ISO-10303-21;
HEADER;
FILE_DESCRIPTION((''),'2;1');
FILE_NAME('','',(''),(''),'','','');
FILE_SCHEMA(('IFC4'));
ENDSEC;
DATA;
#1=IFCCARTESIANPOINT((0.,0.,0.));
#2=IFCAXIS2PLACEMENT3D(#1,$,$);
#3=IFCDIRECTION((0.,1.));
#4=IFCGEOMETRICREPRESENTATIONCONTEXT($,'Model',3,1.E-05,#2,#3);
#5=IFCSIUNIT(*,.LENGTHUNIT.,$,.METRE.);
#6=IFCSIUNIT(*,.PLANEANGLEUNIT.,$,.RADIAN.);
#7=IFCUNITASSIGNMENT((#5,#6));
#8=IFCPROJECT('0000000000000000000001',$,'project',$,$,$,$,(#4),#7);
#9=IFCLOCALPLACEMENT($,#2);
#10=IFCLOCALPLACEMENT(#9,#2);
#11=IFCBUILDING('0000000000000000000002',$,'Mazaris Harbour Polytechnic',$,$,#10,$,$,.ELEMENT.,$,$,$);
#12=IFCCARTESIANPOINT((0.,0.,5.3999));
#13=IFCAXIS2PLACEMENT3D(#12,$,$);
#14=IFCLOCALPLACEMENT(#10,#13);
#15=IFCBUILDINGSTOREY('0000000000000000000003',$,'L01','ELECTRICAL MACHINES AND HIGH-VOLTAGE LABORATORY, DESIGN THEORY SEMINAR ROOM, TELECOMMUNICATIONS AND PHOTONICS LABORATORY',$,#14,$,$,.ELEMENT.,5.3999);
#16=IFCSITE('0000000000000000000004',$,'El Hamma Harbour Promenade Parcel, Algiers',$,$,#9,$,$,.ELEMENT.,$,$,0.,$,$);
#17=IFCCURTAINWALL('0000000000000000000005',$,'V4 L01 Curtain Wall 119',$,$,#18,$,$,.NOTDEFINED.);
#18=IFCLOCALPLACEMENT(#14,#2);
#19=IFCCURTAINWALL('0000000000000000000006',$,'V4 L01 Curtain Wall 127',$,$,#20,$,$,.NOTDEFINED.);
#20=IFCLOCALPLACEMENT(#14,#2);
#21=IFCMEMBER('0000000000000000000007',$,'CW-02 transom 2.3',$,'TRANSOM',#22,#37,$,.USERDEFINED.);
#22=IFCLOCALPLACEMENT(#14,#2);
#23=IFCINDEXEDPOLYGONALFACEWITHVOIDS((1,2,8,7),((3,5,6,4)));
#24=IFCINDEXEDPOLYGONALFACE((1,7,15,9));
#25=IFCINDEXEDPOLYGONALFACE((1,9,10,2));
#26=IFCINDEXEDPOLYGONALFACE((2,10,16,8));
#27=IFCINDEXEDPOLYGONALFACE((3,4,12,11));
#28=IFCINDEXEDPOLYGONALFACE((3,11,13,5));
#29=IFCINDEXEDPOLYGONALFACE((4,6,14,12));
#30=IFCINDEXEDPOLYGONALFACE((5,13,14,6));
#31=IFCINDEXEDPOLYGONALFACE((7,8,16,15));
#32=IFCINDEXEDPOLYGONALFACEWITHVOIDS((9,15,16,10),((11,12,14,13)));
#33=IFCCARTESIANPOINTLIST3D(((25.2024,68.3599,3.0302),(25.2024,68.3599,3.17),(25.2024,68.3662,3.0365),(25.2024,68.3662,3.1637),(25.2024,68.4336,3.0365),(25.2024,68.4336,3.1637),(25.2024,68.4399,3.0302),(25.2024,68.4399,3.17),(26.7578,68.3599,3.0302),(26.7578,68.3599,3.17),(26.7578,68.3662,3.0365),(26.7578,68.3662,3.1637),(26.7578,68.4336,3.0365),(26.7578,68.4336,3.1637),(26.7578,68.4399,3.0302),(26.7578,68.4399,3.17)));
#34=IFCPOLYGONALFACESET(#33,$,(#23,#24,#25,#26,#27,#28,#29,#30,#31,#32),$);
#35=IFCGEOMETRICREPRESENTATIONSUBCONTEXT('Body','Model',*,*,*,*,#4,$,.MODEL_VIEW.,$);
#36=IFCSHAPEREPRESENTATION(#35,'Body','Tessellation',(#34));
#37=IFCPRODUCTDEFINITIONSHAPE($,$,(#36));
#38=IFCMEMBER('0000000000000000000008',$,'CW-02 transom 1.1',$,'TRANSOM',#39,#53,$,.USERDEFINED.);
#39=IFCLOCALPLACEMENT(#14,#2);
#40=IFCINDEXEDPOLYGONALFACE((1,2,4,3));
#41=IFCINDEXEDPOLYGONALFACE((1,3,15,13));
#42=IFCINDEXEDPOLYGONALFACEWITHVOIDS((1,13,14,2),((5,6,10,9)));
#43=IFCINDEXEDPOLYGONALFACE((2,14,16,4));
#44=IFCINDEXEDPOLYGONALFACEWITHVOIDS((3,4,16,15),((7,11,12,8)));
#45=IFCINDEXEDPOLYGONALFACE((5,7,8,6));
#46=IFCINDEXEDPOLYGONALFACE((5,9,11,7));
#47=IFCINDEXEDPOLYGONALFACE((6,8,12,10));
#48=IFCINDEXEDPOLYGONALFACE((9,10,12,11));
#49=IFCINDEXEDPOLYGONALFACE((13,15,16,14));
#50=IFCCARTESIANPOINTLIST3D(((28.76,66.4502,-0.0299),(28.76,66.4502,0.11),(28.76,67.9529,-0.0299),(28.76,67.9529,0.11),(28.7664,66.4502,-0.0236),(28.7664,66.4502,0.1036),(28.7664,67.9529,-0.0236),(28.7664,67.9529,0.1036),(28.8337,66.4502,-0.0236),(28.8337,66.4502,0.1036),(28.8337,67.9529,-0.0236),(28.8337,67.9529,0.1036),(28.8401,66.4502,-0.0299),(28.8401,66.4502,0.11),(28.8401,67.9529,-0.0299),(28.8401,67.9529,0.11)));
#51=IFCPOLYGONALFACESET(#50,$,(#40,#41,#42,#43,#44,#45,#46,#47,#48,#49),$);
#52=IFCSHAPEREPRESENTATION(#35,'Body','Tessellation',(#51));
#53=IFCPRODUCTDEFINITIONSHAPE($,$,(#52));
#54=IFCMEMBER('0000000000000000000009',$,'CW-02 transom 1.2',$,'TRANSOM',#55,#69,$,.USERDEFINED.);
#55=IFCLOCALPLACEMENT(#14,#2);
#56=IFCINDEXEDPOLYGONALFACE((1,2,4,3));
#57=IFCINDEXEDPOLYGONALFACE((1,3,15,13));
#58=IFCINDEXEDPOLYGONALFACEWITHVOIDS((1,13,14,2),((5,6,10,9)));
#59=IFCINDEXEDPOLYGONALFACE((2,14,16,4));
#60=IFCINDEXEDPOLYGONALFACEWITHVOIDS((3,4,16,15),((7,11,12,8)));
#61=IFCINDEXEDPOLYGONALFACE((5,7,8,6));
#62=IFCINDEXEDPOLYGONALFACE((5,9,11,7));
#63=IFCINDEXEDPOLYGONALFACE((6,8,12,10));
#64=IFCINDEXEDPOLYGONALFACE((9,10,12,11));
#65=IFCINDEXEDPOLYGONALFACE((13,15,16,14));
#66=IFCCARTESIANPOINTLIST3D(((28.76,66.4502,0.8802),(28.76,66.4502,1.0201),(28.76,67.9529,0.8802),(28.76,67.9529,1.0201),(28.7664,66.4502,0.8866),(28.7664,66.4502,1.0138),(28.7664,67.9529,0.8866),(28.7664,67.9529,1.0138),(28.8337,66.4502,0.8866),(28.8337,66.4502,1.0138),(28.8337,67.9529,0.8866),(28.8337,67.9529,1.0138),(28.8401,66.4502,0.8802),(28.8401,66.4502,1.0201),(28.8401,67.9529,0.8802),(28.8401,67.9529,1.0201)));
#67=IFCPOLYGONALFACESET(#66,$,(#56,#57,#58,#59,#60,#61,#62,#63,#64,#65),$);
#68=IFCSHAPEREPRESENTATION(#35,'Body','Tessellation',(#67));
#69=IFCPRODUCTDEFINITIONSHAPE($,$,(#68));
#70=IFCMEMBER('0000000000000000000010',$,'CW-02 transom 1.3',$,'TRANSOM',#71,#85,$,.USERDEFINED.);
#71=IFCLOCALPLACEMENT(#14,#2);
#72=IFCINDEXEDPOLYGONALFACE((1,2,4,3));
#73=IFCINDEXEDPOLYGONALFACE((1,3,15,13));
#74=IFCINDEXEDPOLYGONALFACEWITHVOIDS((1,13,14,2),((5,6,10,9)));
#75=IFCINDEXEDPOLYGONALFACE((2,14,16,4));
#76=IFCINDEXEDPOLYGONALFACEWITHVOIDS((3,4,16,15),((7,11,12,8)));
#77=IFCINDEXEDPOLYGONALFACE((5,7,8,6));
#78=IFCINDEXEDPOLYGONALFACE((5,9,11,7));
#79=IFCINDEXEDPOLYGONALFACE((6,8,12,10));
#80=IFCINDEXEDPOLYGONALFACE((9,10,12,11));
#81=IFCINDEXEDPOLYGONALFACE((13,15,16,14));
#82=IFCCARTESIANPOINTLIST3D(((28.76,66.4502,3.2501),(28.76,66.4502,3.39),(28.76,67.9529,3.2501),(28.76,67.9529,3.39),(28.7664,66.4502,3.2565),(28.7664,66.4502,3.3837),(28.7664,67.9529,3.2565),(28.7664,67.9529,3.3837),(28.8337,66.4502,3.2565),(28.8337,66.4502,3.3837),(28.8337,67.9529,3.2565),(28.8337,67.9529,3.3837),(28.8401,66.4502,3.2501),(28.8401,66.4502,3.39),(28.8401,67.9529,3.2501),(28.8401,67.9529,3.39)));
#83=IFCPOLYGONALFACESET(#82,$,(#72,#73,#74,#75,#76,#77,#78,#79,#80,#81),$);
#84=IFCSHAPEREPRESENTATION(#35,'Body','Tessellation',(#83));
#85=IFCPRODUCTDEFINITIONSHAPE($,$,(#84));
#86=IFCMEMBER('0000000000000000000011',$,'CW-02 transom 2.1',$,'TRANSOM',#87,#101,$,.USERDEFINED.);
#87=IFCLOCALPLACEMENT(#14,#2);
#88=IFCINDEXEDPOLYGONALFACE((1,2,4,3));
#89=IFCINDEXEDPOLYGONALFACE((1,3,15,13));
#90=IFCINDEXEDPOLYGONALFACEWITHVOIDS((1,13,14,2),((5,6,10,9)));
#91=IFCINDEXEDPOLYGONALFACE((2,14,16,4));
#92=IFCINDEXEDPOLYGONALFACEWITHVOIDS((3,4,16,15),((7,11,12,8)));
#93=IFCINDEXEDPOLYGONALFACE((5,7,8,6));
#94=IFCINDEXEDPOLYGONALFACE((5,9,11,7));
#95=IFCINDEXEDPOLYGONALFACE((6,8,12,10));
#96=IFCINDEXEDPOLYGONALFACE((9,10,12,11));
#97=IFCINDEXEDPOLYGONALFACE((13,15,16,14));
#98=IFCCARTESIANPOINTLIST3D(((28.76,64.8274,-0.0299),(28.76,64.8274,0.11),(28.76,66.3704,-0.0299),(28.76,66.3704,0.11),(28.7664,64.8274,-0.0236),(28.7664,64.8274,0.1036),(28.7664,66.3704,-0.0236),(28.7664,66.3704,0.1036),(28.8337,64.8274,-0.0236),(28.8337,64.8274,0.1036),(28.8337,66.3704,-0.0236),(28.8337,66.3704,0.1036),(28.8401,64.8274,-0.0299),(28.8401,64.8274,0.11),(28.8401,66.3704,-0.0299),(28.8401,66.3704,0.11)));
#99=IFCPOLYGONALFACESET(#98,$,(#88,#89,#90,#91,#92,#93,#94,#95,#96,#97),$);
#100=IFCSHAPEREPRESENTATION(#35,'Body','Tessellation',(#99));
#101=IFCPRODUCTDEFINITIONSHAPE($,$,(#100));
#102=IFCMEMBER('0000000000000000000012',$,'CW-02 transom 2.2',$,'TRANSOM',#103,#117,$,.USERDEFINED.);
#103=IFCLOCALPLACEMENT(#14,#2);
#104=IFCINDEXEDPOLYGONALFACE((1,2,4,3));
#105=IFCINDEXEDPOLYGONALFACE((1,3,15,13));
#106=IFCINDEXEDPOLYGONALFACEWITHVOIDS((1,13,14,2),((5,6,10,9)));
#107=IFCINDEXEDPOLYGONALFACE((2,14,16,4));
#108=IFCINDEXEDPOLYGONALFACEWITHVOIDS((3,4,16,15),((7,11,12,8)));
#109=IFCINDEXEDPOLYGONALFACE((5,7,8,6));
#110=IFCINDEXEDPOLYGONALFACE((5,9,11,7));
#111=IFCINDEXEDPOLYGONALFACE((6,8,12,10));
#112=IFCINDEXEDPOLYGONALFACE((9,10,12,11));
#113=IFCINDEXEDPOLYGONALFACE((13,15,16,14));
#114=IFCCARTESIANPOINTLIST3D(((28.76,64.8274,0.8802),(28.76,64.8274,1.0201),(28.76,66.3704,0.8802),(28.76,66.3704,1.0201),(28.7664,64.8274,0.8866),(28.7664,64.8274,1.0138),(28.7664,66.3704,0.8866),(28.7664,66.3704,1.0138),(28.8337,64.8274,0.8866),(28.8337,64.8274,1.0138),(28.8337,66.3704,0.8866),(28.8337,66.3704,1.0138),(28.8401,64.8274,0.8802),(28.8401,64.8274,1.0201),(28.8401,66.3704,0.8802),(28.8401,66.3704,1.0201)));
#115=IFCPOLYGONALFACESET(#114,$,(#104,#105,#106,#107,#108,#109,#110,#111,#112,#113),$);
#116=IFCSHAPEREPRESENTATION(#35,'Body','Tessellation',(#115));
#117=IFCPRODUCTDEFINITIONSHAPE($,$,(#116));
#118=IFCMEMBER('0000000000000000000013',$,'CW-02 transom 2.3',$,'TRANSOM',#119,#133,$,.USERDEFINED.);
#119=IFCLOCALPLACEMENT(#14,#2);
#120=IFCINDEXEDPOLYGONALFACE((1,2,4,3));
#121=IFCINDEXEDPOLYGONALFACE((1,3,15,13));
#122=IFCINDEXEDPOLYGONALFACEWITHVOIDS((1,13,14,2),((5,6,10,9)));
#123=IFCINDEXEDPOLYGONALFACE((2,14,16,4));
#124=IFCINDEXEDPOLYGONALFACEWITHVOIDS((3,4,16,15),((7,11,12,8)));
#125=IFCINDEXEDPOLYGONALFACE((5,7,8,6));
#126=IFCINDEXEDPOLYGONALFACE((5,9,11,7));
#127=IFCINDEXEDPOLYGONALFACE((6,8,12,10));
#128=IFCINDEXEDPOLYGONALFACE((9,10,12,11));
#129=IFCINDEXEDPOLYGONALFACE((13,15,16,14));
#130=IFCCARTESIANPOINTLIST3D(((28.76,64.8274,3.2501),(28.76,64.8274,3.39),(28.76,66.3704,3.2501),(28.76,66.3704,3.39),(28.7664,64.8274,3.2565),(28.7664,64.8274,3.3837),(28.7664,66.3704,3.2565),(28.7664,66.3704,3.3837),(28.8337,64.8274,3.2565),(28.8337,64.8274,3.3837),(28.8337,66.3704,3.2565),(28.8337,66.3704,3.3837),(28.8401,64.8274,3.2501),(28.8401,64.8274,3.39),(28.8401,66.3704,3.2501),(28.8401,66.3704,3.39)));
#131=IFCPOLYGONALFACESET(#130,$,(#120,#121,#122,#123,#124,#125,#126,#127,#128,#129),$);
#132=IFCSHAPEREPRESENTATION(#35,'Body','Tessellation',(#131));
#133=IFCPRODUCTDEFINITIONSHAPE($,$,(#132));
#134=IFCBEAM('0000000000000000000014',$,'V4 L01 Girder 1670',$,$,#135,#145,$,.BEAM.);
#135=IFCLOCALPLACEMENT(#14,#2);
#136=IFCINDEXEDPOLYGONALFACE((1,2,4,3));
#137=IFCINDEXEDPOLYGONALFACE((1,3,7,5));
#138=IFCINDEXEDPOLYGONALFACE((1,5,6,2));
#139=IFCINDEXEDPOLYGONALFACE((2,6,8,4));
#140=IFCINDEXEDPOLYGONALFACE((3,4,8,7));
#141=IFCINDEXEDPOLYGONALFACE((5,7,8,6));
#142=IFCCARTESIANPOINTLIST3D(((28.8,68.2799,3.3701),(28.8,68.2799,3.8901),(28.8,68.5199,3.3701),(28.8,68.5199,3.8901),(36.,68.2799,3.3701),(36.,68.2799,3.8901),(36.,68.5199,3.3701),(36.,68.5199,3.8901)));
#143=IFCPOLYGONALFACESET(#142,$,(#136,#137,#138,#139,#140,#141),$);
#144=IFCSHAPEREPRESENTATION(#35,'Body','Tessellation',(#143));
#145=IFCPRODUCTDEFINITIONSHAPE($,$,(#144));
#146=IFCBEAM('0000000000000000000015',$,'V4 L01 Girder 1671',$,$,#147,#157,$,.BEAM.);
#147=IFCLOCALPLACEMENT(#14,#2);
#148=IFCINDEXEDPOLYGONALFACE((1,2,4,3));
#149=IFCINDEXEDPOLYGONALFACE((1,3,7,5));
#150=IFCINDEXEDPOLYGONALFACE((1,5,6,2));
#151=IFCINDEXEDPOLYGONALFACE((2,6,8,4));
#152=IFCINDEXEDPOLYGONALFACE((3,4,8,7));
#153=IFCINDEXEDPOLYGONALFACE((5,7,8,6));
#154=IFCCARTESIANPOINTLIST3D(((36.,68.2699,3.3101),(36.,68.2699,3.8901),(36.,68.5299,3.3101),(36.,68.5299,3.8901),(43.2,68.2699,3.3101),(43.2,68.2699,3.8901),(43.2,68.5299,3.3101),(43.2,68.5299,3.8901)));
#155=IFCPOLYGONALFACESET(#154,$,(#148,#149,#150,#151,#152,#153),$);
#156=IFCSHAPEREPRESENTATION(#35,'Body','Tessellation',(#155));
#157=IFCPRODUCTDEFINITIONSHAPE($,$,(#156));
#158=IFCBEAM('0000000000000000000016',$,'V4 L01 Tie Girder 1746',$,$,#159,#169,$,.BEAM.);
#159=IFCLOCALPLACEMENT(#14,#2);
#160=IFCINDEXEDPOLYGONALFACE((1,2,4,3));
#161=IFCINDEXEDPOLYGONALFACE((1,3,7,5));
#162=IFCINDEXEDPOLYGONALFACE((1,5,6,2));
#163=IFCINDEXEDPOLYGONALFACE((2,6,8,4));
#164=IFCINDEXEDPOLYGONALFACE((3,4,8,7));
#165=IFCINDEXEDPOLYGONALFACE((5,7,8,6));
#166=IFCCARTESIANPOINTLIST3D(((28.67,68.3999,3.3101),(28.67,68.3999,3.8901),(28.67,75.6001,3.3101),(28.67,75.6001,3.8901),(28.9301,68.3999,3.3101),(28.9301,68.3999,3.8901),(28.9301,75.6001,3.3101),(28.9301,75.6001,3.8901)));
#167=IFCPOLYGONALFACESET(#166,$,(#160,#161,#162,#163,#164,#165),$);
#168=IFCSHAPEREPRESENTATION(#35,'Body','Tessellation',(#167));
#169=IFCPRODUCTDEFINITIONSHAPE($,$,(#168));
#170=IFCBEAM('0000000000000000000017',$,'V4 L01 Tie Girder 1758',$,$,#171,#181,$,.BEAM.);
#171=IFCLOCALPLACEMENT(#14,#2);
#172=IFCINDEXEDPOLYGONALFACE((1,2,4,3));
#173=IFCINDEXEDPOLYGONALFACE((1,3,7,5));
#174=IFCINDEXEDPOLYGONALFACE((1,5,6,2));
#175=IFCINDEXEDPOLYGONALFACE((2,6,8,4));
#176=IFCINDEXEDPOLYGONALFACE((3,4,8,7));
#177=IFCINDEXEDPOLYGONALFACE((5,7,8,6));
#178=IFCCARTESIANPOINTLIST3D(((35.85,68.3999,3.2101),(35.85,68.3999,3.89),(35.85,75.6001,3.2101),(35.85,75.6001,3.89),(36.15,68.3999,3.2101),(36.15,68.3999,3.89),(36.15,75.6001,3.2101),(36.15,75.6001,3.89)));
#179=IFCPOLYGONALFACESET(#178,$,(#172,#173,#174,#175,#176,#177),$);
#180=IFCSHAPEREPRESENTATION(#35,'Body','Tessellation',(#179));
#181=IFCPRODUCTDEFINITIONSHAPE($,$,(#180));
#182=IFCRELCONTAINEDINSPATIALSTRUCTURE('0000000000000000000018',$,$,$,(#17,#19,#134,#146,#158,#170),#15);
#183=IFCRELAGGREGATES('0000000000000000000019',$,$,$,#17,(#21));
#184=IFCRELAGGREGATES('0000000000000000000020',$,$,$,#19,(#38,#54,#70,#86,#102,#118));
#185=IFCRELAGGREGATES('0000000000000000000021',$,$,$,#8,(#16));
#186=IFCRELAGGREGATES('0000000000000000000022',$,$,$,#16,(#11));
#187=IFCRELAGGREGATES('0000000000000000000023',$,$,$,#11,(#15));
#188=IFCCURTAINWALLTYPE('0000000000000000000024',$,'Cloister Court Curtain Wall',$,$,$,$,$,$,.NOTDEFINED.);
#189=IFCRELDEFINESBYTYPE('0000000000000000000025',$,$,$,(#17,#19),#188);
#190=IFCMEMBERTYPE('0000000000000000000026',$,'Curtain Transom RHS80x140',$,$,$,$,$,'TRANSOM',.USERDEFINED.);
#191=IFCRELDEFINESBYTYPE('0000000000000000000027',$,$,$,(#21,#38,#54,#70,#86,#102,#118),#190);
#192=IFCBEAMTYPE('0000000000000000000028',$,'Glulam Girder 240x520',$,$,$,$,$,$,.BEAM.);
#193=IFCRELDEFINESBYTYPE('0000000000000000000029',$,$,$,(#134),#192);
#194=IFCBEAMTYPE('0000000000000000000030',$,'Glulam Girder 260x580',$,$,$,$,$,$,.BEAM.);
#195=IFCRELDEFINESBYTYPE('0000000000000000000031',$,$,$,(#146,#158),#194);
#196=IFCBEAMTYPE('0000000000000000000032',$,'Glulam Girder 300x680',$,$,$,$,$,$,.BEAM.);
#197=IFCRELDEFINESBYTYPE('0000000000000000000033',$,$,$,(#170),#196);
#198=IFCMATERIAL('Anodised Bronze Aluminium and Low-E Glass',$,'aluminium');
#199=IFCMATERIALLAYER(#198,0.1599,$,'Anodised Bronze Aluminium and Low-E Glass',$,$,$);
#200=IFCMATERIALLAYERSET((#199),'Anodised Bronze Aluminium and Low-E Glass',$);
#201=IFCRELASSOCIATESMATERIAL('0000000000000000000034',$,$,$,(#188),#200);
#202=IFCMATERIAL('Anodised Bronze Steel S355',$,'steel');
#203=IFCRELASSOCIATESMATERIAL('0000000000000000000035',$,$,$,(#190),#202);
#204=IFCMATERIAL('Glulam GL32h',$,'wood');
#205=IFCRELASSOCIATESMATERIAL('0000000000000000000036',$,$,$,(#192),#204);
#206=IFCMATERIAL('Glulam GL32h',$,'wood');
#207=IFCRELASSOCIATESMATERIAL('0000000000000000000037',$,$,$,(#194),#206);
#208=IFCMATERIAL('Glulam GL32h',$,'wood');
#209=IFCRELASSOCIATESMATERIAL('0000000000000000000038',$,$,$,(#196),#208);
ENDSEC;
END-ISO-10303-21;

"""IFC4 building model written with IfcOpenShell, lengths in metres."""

from ifc_helpers import new_model, si_unit, direction, frame, origin, origin_2d, place, context, subcontext, project, spatial, rectangle, hollow_rectangle, extrude, material, layer, layer_set, material_profile, profile_set, type_object, element, aggregate, save


model = new_model("IFC4")

# Units and contexts
model_context = context("Model", 3, precision=1e-05, world=origin(), true_north=direction((0.0, 1.0)))
body_context = subcontext(model_context, "Body", "Model", "MODEL_VIEW")
ifc_project = project(units=[si_unit("LENGTHUNIT", "METRE"), si_unit("PLANEANGLEUNIT", "RADIAN")], contexts=[model_context])

# Site, building, storey
site_placement = place(None, origin())
site = spatial("IfcSite", under=ifc_project, at=site_placement, Name="El Hamma Harbour Promenade Parcel, Algiers", CompositionType="ELEMENT", RefElevation=0.0)
building_placement = place(site_placement, origin())
building = spatial("IfcBuilding", under=site, at=building_placement, Name="Mazaris Harbour Polytechnic", CompositionType="ELEMENT")
storey_placement = place(building_placement, frame((0.0, 0.0, 5.3999)))
storey = spatial("IfcBuildingStorey", under=building, at=storey_placement, Name="L01", Description="ELECTRICAL MACHINES AND HIGH-VOLTAGE LABORATORY, DESIGN THEORY SEMINAR ROOM, TELECOMMUNICATIONS AND PHOTONICS LABORATORY", CompositionType="ELEMENT", Elevation=5.3999)

# Curtain walls
ifc_material_1 = material(Name="Anodised Bronze Aluminium and Low-E Glass", Category="aluminium")
ifc_layer_1 = layer(ifc_material_1, 0.1599, Name="Anodised Bronze Aluminium and Low-E Glass")
ifc_layer_set_1 = layer_set([ifc_layer_1], Name="Anodised Bronze Aluminium and Low-E Glass")
curtain_wall_type = type_object("IfcCurtainWallType", Name="Cloister Court Curtain Wall", PredefinedType="NOTDEFINED", material=ifc_layer_set_1)
curtain_wall_1_placement = place(storey_placement, origin())
curtain_wall_1 = element("IfcCurtainWall", 1, at=curtain_wall_1_placement, inside=storey, type_object=curtain_wall_type, Name="V4 L01 Curtain Wall 119", PredefinedType="NOTDEFINED")
curtain_wall_2_placement = place(storey_placement, origin())
curtain_wall_2 = element("IfcCurtainWall", 2, at=curtain_wall_2_placement, inside=storey, type_object=curtain_wall_type, Name="V4 L01 Curtain Wall 127", PredefinedType="NOTDEFINED")

# Members
ifc_material_2 = material(Name="Anodised Bronze Steel S355", Category="steel")
ifc_material_profile_1 = material_profile(ifc_material_2, hollow_rectangle(XDim=0.0801, YDim=0.1399, WallThickness=0.0063, at=origin_2d()), Name="RHS 80x140x6.3")
ifc_profile_set_1 = profile_set([ifc_material_profile_1], Name="Anodised Bronze Steel S355")
member_type_1 = type_object("IfcMemberType", Name="Curtain Transom RHS80x140", ElementType="TRANSOM", PredefinedType="USERDEFINED", material=ifc_profile_set_1)
member_1_placement = place(storey_placement, frame((26.7578, 68.3999, 3.1001), z_axis=(-1.0, 0.0, 0.0), x_axis=(0.0, -1.0, 0.0)))
member_1 = element("IfcMember", 3, at=member_1_placement, type_object=member_type_1, Name="CW-02 transom 2.3", ObjectType="TRANSOM", PredefinedType="USERDEFINED", context=body_context, shape_type="SweptSolid", body=[
    extrude(hollow_rectangle(XDim=0.0801, YDim=0.1399, WallThickness=0.0063, at=origin_2d()), origin(), (0.0, 0.0, 1.0), 1.5554),
])
member_2_placement = place(storey_placement, frame((28.8, 67.9529, 0.04), z_axis=(0.0, -1.0, 0.0), x_axis=(1.0, 0.0, 0.0)))
member_2 = element("IfcMember", 4, at=member_2_placement, type_object=member_type_1, Name="CW-02 transom 1.1", ObjectType="TRANSOM", PredefinedType="USERDEFINED", context=body_context, shape_type="SweptSolid", body=[
    extrude(hollow_rectangle(XDim=0.0801, YDim=0.1399, WallThickness=0.0063, at=origin_2d()), origin(), (0.0, 0.0, 1.0), 1.5027),
])
member_3_placement = place(storey_placement, frame((28.8, 67.9529, 0.9502), z_axis=(0.0, -1.0, 0.0), x_axis=(1.0, 0.0, 0.0)))
member_3 = element("IfcMember", 5, at=member_3_placement, type_object=member_type_1, Name="CW-02 transom 1.2", ObjectType="TRANSOM", PredefinedType="USERDEFINED", context=body_context, shape_type="SweptSolid", body=[
    extrude(hollow_rectangle(XDim=0.0801, YDim=0.1399, WallThickness=0.0063, at=origin_2d()), origin(), (0.0, 0.0, 1.0), 1.5027),
])
member_4_placement = place(storey_placement, frame((28.8, 67.9529, 3.3201), z_axis=(0.0, -1.0, 0.0), x_axis=(1.0, 0.0, 0.0)))
member_4 = element("IfcMember", 6, at=member_4_placement, type_object=member_type_1, Name="CW-02 transom 1.3", ObjectType="TRANSOM", PredefinedType="USERDEFINED", context=body_context, shape_type="SweptSolid", body=[
    extrude(hollow_rectangle(XDim=0.0801, YDim=0.1399, WallThickness=0.0063, at=origin_2d()), origin(), (0.0, 0.0, 1.0), 1.5027),
])
member_5_placement = place(storey_placement, frame((28.8, 66.3704, 0.04), z_axis=(0.0, -1.0, 0.0), x_axis=(1.0, 0.0, 0.0)))
member_5 = element("IfcMember", 7, at=member_5_placement, type_object=member_type_1, Name="CW-02 transom 2.1", ObjectType="TRANSOM", PredefinedType="USERDEFINED", context=body_context, shape_type="SweptSolid", body=[
    extrude(hollow_rectangle(XDim=0.0801, YDim=0.1399, WallThickness=0.0063, at=origin_2d()), origin(), (0.0, 0.0, 1.0), 1.543),
])
member_6_placement = place(storey_placement, frame((28.8, 66.3704, 0.9502), z_axis=(0.0, -1.0, 0.0), x_axis=(1.0, 0.0, 0.0)))
member_6 = element("IfcMember", 8, at=member_6_placement, type_object=member_type_1, Name="CW-02 transom 2.2", ObjectType="TRANSOM", PredefinedType="USERDEFINED", context=body_context, shape_type="SweptSolid", body=[
    extrude(hollow_rectangle(XDim=0.0801, YDim=0.1399, WallThickness=0.0063, at=origin_2d()), origin(), (0.0, 0.0, 1.0), 1.543),
])
member_7_placement = place(storey_placement, frame((28.8, 66.3704, 3.3201), z_axis=(0.0, -1.0, 0.0), x_axis=(1.0, 0.0, 0.0)))
member_7 = element("IfcMember", 9, at=member_7_placement, type_object=member_type_1, Name="CW-02 transom 2.3", ObjectType="TRANSOM", PredefinedType="USERDEFINED", context=body_context, shape_type="SweptSolid", body=[
    extrude(hollow_rectangle(XDim=0.0801, YDim=0.1399, WallThickness=0.0063, at=origin_2d()), origin(), (0.0, 0.0, 1.0), 1.543),
])

# Beams
ifc_material_3 = material(Name="Glulam GL32h", Category="wood")
ifc_material_profile_2 = material_profile(ifc_material_3, rectangle(XDim=0.24, YDim=0.52, at=origin_2d()), Name="RECT240x520")
ifc_profile_set_2 = profile_set([ifc_material_profile_2], Name="Glulam GL32h")
beam_type_1 = type_object("IfcBeamType", Name="Glulam Girder 240x520", PredefinedType="BEAM", material=ifc_profile_set_2)
beam_1_placement = place(storey_placement, frame((28.8, 68.3999, 3.6301), z_axis=(1.0, 0.0, 0.0), x_axis=(0.0, 1.0, 0.0)))
element("IfcBeam", 10, at=beam_1_placement, inside=storey, type_object=beam_type_1, Name="V4 L01 Girder 1670", PredefinedType="BEAM", context=body_context, shape_type="SweptSolid", body=[
    extrude(rectangle(XDim=0.24, YDim=0.52, at=origin_2d()), origin(), (0.0, 0.0, 1.0), 7.2),
])
ifc_material_4 = material(Name="Glulam GL32h", Category="wood")
ifc_material_profile_3 = material_profile(ifc_material_4, rectangle(XDim=0.26, YDim=0.5801, at=origin_2d()), Name="RECT260x580")
ifc_profile_set_3 = profile_set([ifc_material_profile_3], Name="Glulam GL32h")
beam_type_2 = type_object("IfcBeamType", Name="Glulam Girder 260x580", PredefinedType="BEAM", material=ifc_profile_set_3)
beam_2_placement = place(storey_placement, frame((36.0, 68.3999, 3.6001), z_axis=(1.0, 0.0, 0.0), x_axis=(0.0, 1.0, 0.0)))
element("IfcBeam", 11, at=beam_2_placement, inside=storey, type_object=beam_type_2, Name="V4 L01 Girder 1671", PredefinedType="BEAM", context=body_context, shape_type="SweptSolid", body=[
    extrude(rectangle(XDim=0.26, YDim=0.5801, at=origin_2d()), origin(), (0.0, 0.0, 1.0), 7.2),
])
beam_3_placement = place(storey_placement, frame((28.8, 68.3999, 3.6001), z_axis=(0.0, 1.0, 0.0), x_axis=(-1.0, 0.0, 0.0)))
element("IfcBeam", 12, at=beam_3_placement, inside=storey, type_object=beam_type_2, Name="V4 L01 Tie Girder 1746", PredefinedType="BEAM", context=body_context, shape_type="SweptSolid", body=[
    extrude(rectangle(XDim=0.26, YDim=0.5801, at=origin_2d()), origin(), (0.0, 0.0, 1.0), 7.2002),
])
ifc_material_5 = material(Name="Glulam GL32h", Category="wood")
ifc_material_profile_4 = material_profile(ifc_material_5, rectangle(XDim=0.3, YDim=0.6799, at=origin_2d()), Name="RECT300x680")
ifc_profile_set_4 = profile_set([ifc_material_profile_4], Name="Glulam GL32h")
beam_type_3 = type_object("IfcBeamType", Name="Glulam Girder 300x680", PredefinedType="BEAM", material=ifc_profile_set_4)
beam_4_placement = place(storey_placement, frame((36.0, 68.3999, 3.55), z_axis=(0.0, 1.0, 0.0), x_axis=(-1.0, 0.0, 0.0)))
element("IfcBeam", 13, at=beam_4_placement, inside=storey, type_object=beam_type_3, Name="V4 L01 Tie Girder 1758", PredefinedType="BEAM", context=body_context, shape_type="SweptSolid", body=[
    extrude(rectangle(XDim=0.3, YDim=0.6799, at=origin_2d()), origin(), (0.0, 0.0, 1.0), 7.2002),
])

aggregate(curtain_wall_1, [member_1])
aggregate(curtain_wall_2, [member_2, member_3, member_4, member_5, member_6, member_7])

save(model, "model.ifc")
